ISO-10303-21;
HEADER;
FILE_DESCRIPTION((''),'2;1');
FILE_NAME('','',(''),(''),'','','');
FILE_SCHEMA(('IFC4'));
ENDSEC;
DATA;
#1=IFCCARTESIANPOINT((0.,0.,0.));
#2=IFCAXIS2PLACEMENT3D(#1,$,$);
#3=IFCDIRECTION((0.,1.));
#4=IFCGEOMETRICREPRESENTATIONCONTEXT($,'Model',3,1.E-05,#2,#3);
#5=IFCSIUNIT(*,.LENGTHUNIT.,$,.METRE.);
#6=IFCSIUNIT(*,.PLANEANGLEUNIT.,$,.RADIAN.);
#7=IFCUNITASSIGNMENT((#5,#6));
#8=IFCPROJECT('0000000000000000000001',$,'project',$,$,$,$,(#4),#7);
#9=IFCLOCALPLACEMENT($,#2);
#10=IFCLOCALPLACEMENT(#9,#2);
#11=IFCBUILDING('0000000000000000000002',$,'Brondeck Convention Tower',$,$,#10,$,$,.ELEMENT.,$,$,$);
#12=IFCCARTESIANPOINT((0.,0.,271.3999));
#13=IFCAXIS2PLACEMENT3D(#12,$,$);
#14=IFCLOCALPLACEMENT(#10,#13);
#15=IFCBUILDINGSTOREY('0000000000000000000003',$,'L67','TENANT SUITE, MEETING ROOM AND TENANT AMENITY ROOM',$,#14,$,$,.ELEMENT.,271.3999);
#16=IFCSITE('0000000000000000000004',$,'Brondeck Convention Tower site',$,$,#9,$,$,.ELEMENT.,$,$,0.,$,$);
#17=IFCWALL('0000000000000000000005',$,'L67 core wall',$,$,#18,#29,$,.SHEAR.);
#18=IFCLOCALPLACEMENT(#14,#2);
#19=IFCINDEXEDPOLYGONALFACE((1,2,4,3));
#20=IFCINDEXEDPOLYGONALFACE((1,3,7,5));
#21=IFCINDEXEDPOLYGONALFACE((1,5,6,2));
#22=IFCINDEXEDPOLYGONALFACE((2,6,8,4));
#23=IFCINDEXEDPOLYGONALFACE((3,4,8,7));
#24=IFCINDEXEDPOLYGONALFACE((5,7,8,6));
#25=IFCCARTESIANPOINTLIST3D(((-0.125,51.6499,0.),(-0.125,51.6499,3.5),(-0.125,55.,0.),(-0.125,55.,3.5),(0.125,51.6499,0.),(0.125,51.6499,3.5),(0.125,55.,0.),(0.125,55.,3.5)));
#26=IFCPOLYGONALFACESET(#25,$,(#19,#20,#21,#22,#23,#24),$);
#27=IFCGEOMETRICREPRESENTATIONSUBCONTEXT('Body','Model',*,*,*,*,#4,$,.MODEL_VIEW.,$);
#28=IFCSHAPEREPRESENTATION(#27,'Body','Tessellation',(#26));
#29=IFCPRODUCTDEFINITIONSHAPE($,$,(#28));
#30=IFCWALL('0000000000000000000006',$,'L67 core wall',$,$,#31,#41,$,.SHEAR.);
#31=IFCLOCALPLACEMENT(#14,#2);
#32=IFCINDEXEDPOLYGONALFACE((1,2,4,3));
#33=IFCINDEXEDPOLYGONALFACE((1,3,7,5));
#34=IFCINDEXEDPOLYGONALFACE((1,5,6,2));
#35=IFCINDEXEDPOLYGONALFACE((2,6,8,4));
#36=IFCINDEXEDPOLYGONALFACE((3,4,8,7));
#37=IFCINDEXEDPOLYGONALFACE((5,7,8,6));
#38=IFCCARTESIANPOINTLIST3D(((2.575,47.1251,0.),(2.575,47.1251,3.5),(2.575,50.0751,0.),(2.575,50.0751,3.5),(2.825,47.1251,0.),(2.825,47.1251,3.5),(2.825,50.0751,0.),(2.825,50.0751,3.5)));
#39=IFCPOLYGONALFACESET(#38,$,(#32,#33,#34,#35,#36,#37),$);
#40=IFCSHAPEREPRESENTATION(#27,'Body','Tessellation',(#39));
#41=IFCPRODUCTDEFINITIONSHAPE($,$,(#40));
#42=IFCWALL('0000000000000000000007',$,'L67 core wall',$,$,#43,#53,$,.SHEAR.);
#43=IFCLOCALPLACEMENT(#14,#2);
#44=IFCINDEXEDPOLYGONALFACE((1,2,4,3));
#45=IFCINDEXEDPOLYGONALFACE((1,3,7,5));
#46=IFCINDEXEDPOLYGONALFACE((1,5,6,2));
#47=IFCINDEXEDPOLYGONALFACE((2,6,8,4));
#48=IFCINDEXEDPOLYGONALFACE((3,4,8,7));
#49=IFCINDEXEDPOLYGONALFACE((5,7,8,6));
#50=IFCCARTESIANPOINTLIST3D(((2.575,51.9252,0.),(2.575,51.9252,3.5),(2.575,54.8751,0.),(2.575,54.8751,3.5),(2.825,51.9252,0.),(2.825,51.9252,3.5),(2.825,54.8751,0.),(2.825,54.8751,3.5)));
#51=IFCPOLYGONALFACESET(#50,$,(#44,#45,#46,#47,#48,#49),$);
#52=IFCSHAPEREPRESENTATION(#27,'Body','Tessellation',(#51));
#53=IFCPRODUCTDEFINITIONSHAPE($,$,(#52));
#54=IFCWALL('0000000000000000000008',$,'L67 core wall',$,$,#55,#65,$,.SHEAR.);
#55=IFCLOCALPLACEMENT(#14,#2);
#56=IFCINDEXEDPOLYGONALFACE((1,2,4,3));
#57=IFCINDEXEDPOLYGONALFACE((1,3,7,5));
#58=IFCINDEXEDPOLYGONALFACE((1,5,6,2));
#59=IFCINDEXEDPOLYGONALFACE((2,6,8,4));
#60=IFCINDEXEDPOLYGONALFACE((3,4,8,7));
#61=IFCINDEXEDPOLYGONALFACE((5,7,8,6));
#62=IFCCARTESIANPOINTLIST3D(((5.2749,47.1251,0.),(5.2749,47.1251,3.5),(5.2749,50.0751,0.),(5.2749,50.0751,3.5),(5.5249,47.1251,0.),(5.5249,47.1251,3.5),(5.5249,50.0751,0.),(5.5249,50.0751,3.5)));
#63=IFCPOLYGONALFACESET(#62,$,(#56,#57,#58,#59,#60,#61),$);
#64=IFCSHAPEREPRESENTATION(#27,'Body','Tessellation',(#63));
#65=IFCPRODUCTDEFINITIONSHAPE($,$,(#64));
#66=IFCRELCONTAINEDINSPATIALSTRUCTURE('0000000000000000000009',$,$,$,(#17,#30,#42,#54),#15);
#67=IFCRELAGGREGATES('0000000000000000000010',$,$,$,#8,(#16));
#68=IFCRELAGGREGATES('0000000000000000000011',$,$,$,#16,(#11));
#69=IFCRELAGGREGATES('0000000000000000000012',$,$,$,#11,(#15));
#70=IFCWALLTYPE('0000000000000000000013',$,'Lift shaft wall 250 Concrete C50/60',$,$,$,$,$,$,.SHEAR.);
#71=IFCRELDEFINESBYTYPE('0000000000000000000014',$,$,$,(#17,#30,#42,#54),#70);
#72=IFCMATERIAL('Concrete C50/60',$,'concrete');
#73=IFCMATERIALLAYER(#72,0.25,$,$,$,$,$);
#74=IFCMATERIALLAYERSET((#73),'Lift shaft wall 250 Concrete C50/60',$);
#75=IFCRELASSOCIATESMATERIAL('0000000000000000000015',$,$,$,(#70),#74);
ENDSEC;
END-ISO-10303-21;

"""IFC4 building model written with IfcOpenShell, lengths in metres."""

from ifc_helpers import new_model, si_unit, direction, frame, frame_2d, origin, place, context, subcontext, project, spatial, rectangle, extrude, material, layer, layer_set, type_object, element, save


model = new_model("IFC4")

# Units and contexts
model_context = context("Model", 3, precision=1e-05, world=origin(), true_north=direction((0.0, 1.0)))
body_context = subcontext(model_context, "Body", "Model", "MODEL_VIEW")
ifc_project = project(units=[si_unit("LENGTHUNIT", "METRE"), si_unit("PLANEANGLEUNIT", "RADIAN")], contexts=[model_context])

# Site, building, storey
site_placement = place(None, origin())
site = spatial("IfcSite", under=ifc_project, at=site_placement, Name="Brondeck Convention Tower site", CompositionType="ELEMENT", RefElevation=0.0)
building_placement = place(site_placement, origin())
building = spatial("IfcBuilding", under=site, at=building_placement, Name="Brondeck Convention Tower", CompositionType="ELEMENT")
storey_placement = place(building_placement, frame((0.0, 0.0, 271.3999)))
storey = spatial("IfcBuildingStorey", under=building, at=storey_placement, Name="L67", Description="TENANT SUITE, MEETING ROOM AND TENANT AMENITY ROOM", CompositionType="ELEMENT", Elevation=271.3999)

# Shared definitions
ifc_material_1 = material(Name="Concrete C50/60", Category="concrete")

# Shared definitions
ifc_layer_1 = layer(ifc_material_1, 0.25)
ifc_layer_set_1 = layer_set([ifc_layer_1], Name="Lift shaft wall 250 Concrete C50/60")
wall_type_1 = type_object("IfcWallType", Name="Lift shaft wall 250 Concrete C50/60", PredefinedType="SHEAR", material=ifc_layer_set_1)

# Walls
wall_1_placement = place(storey_placement, frame((0.0, 51.6499, 0.0), z_axis=(0.0, 0.0, 1.0), x_axis=(0.0, 1.0, 0.0)))
element("IfcWall", 1, at=wall_1_placement, inside=storey, type_object=wall_type_1, Name="L67 core wall", PredefinedType="SHEAR", context=body_context, shape_type="SweptSolid", body=[
    extrude(rectangle(XDim=3.3501, YDim=0.25, at=frame_2d((1.675, 0.0))), origin(), (0.0, 0.0, 1.0), 3.5),
])
for number, where, z_axis, x_axis, name in (
    (2, (2.7, 47.125, 0.0), (0.0, 0.0, 1.0), (0.0, 1.0, 0.0), "L67 core wall"),
    (3, (2.7, 51.925, 0.0), (0.0, 0.0, 1.0), (0.0, 1.0, 0.0), "L67 core wall"),
    (4, (5.3999, 47.125, 0.0), (0.0, 0.0, 1.0), (0.0, 1.0, 0.0), "L67 core wall"),
):
    element("IfcWall", number, at=place(storey_placement, frame(where, z_axis=z_axis, x_axis=x_axis)), inside=storey, type_object=wall_type_1, Name=name, PredefinedType="SHEAR", context=body_context, shape_type="SweptSolid", body=[
        extrude(rectangle(XDim=2.95, YDim=0.25, at=frame_2d((1.4751, 0.0))), origin(), (0.0, 0.0, 1.0), 3.5),
    ])

save(model, "model.ifc")
